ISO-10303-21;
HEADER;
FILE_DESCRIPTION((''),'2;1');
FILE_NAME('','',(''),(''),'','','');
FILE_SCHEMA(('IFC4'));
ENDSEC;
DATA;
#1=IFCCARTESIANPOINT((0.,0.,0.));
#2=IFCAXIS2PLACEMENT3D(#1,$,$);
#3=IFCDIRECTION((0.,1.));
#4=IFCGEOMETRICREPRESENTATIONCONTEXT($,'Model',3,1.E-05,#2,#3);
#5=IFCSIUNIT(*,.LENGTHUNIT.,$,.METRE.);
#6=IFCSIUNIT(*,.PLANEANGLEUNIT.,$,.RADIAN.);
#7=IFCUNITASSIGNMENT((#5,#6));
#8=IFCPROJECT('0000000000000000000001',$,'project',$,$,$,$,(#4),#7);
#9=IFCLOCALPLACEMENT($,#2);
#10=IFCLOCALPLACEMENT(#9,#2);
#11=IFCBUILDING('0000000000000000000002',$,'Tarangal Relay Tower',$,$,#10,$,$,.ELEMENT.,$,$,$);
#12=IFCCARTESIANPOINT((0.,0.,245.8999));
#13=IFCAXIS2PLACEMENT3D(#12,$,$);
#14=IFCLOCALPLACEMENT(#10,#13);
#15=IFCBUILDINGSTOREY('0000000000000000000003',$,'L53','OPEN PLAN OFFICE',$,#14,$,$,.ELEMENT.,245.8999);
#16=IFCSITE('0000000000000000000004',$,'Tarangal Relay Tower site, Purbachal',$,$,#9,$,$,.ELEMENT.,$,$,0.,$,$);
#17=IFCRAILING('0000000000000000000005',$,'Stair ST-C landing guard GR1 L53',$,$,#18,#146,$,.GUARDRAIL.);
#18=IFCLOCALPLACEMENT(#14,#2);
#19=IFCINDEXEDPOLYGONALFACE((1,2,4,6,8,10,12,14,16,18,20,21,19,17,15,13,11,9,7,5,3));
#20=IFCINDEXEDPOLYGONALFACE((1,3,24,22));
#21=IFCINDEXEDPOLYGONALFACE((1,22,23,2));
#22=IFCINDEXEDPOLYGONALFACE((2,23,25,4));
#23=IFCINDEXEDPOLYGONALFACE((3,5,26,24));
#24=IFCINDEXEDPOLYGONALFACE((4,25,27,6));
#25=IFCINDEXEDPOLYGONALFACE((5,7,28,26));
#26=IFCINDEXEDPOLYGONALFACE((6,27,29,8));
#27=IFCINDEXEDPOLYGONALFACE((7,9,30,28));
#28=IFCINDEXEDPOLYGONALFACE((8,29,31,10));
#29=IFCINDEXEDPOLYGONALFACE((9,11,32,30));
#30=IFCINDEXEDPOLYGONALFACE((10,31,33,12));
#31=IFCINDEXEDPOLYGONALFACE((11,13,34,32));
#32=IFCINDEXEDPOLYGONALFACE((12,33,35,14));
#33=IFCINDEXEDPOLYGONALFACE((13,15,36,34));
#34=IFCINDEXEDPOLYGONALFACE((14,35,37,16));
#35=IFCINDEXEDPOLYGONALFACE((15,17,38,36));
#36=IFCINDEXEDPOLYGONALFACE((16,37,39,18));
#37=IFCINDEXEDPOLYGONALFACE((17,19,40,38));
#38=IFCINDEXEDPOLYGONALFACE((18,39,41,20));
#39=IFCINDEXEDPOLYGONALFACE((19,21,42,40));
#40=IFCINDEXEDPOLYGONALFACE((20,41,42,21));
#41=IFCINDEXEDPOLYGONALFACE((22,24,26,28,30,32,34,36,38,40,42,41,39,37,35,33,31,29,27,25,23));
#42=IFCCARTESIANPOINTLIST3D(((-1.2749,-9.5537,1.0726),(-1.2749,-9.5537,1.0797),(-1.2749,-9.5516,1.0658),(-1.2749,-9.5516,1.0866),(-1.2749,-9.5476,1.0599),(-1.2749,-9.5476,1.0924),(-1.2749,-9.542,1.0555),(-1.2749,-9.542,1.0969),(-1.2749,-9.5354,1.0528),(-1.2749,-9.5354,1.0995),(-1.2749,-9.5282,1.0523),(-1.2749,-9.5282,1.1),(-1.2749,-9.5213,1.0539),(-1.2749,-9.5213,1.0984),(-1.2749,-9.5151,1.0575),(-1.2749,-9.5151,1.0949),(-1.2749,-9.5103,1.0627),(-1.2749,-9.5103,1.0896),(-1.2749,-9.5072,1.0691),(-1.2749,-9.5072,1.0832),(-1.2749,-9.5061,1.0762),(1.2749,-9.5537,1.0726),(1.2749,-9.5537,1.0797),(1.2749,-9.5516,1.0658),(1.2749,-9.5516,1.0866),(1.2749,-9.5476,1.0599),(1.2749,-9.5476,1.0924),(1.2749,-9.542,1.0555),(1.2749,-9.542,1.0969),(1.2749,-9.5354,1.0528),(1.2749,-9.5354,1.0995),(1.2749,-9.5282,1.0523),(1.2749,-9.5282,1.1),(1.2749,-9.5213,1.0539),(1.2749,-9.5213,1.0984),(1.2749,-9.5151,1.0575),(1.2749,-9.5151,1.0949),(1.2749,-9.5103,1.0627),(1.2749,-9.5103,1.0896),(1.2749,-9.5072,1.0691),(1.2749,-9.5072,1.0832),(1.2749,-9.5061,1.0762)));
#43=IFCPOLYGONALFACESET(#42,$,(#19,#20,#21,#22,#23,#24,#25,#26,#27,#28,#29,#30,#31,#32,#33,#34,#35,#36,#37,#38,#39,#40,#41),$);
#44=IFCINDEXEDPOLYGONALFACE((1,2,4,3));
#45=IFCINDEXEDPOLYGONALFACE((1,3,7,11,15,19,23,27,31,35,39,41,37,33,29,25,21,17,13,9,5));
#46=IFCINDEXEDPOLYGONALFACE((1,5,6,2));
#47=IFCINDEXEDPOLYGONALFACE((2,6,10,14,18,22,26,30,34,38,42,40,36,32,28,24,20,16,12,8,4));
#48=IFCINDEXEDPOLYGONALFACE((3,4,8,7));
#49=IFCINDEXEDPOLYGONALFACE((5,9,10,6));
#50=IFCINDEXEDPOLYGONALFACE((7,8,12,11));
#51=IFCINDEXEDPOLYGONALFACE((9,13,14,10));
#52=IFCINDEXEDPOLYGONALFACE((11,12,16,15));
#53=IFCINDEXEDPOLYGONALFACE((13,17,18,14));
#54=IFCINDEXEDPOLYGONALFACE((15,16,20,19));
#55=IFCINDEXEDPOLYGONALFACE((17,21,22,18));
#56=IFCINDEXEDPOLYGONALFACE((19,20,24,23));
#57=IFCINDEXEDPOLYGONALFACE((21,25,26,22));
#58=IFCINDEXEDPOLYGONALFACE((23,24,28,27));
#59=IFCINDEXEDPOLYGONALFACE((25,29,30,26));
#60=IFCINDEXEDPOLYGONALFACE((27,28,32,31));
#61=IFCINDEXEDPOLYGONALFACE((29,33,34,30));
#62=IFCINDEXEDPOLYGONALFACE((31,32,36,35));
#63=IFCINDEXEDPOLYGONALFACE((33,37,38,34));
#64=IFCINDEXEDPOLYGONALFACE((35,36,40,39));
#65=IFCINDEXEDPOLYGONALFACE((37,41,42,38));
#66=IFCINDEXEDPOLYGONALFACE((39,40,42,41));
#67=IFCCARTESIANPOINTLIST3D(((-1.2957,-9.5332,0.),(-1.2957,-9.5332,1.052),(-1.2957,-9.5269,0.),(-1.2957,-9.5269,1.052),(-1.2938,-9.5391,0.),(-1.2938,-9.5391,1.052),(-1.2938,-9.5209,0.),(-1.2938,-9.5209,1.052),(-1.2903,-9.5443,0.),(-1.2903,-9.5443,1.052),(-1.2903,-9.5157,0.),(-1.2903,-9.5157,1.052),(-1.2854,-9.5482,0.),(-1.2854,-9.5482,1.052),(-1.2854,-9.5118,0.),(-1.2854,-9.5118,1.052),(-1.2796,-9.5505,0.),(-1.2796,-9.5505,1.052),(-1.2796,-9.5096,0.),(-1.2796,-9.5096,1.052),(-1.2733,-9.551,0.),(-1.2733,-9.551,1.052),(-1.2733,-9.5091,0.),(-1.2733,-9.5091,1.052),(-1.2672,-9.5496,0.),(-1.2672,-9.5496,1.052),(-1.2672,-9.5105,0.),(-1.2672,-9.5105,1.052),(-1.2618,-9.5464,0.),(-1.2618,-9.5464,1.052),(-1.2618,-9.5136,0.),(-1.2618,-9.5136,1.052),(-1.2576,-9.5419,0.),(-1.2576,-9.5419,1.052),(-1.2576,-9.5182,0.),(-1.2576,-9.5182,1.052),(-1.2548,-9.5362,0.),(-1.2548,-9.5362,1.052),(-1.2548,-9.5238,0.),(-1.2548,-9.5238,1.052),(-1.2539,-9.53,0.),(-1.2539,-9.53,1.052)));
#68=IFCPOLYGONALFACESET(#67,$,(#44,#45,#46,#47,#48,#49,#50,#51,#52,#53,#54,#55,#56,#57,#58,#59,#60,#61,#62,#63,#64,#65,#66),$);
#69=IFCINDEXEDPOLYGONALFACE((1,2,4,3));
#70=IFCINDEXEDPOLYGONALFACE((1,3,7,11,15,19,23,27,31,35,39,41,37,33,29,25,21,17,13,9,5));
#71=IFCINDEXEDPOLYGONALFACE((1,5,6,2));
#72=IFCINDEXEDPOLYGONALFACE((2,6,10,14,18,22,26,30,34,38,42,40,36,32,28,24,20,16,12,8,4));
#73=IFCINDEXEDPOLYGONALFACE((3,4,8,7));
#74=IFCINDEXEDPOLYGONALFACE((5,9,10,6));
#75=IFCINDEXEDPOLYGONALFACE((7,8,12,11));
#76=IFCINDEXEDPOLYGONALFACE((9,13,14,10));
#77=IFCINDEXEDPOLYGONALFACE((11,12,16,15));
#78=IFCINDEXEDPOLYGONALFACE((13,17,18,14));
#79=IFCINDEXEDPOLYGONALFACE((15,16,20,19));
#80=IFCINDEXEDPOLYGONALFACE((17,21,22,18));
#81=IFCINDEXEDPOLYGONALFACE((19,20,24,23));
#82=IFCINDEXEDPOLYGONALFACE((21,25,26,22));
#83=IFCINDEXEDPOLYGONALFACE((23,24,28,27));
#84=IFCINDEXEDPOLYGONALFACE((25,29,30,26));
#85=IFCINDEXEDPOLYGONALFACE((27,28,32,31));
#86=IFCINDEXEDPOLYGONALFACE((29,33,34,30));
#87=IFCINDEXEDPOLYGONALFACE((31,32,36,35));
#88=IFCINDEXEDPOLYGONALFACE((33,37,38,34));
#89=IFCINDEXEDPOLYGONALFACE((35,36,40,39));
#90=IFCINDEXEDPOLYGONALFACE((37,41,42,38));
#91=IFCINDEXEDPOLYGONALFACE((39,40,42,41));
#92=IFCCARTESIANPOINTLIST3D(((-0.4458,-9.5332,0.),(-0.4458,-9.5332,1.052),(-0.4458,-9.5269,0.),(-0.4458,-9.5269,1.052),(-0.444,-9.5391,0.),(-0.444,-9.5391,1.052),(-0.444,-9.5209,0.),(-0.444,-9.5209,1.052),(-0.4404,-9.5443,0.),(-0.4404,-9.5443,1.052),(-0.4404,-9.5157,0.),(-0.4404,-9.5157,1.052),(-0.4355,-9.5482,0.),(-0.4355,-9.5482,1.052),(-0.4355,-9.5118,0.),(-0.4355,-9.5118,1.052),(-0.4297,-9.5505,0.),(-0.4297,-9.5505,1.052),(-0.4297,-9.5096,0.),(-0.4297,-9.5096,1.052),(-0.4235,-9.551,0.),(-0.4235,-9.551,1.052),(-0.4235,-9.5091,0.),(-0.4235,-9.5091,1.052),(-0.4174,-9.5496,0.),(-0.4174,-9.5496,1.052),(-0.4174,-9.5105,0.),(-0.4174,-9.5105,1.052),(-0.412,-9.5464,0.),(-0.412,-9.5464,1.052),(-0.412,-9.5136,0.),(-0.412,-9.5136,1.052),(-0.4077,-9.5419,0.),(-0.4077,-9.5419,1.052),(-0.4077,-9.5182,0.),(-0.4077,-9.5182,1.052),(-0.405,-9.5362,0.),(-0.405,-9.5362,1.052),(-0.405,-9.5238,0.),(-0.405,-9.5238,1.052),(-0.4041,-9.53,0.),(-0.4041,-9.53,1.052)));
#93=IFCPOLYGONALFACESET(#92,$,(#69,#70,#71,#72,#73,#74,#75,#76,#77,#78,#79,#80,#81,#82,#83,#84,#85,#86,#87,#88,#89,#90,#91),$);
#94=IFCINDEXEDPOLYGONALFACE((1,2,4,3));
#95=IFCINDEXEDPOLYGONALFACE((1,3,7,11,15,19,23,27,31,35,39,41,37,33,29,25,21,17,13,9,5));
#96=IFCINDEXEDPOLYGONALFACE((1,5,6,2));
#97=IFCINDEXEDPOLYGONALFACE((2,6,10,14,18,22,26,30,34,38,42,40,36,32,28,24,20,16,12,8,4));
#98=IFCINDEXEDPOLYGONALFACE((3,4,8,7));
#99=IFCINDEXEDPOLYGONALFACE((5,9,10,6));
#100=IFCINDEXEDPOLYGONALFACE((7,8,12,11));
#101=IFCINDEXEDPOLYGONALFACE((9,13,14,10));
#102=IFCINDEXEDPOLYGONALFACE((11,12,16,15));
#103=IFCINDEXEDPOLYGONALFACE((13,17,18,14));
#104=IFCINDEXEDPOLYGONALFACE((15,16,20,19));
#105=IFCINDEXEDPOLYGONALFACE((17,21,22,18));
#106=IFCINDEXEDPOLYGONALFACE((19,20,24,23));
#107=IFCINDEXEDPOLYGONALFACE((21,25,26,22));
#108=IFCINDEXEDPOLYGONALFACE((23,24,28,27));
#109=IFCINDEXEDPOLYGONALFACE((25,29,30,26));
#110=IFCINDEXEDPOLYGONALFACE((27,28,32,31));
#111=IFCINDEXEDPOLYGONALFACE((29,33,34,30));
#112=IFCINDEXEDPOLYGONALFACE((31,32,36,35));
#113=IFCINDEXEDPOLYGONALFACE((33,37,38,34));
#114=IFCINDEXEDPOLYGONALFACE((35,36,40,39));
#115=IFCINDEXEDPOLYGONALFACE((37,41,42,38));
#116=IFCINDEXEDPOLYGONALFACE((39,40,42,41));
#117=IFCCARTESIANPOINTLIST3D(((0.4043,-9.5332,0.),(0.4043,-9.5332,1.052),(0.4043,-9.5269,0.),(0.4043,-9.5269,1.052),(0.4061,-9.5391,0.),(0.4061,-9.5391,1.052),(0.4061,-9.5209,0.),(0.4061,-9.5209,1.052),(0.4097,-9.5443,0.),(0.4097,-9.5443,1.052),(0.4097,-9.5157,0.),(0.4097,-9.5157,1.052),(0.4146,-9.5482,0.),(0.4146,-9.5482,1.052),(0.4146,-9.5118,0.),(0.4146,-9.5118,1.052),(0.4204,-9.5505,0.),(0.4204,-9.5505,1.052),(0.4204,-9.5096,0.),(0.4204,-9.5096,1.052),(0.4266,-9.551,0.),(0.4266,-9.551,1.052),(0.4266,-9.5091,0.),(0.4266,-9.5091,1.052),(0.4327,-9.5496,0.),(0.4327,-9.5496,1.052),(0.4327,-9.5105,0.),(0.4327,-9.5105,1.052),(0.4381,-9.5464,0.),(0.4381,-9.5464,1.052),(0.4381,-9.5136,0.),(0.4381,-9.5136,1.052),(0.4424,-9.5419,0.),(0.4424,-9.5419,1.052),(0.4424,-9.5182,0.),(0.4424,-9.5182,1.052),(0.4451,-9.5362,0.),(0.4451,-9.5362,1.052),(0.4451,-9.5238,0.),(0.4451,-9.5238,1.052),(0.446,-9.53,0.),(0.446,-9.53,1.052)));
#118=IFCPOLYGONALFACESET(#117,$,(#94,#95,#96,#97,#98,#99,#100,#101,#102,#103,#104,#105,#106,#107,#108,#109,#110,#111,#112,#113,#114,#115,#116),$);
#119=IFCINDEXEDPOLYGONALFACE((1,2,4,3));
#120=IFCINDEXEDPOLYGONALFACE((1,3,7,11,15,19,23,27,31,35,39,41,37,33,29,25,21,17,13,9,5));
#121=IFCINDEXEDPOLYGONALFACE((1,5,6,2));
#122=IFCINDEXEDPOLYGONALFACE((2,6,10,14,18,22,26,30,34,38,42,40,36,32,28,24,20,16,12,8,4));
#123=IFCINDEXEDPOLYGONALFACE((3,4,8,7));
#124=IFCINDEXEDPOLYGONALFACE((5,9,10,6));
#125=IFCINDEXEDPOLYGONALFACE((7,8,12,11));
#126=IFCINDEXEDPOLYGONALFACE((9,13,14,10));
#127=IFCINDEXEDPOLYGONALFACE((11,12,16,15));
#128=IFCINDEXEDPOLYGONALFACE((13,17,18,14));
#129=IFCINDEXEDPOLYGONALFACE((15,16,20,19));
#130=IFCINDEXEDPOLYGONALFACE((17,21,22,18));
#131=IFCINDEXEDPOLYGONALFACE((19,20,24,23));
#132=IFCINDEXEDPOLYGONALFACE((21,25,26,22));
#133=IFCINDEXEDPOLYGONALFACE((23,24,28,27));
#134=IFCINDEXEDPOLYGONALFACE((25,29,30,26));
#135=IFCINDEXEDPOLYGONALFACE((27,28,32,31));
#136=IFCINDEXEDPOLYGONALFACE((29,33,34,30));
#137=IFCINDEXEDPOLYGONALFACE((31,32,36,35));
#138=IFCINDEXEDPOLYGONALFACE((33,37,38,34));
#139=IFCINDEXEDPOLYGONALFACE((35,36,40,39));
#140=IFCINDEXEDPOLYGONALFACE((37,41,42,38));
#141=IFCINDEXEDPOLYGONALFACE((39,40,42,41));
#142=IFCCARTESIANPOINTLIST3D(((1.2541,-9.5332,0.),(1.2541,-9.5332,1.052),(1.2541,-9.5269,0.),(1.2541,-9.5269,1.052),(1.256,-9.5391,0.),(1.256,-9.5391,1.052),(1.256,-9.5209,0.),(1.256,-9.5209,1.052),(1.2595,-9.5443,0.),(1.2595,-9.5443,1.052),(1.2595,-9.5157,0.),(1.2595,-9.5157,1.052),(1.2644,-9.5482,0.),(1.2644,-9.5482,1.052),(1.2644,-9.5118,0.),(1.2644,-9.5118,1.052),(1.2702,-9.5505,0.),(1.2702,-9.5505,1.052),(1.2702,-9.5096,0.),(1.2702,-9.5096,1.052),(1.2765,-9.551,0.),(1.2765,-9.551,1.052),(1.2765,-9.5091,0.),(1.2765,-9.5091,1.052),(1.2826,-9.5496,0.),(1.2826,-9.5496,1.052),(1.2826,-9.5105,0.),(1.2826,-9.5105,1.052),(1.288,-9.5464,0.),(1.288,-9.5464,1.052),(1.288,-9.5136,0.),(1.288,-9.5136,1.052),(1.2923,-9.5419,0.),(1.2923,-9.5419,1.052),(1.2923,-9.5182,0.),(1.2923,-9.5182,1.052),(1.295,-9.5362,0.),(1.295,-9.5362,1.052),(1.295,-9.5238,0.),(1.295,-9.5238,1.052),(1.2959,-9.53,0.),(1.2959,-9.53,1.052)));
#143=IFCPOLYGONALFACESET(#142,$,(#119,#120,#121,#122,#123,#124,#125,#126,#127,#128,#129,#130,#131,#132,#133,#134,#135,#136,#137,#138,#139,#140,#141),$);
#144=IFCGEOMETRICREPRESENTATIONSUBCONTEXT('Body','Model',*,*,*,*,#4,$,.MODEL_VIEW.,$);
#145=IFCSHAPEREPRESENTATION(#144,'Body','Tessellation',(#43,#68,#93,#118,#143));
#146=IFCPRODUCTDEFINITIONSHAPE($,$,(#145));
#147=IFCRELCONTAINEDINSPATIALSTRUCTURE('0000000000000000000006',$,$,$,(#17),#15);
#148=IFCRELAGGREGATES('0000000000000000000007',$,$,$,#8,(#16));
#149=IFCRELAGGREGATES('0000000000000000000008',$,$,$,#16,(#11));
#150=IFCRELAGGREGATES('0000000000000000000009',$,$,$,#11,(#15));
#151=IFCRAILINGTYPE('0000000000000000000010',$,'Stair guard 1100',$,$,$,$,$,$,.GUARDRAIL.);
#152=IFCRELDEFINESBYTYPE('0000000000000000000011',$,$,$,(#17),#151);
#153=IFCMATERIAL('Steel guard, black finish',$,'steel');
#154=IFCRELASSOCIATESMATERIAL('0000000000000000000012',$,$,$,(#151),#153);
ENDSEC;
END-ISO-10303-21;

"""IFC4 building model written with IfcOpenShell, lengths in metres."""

from ifc_helpers import new_model, si_unit, direction, frame, origin, origin_2d, place, context, subcontext, project, spatial, circle, extrude, material, type_object, element, save


model = new_model("IFC4")

# Units and contexts
model_context = context("Model", 3, precision=1e-05, world=origin(), true_north=direction((0.0, 1.0)))
body_context = subcontext(model_context, "Body", "Model", "MODEL_VIEW")
ifc_project = project(units=[si_unit("LENGTHUNIT", "METRE"), si_unit("PLANEANGLEUNIT", "RADIAN")], contexts=[model_context])

# Site, building, storey
site_placement = place(None, origin())
site = spatial("IfcSite", under=ifc_project, at=site_placement, Name="Tarangal Relay Tower site, Purbachal", CompositionType="ELEMENT", RefElevation=0.0)
building_placement = place(site_placement, origin())
building = spatial("IfcBuilding", under=site, at=building_placement, Name="Tarangal Relay Tower", CompositionType="ELEMENT")
storey_placement = place(building_placement, frame((0.0, 0.0, 245.8999)))
storey = spatial("IfcBuildingStorey", under=building, at=storey_placement, Name="L53", Description="OPEN PLAN OFFICE", CompositionType="ELEMENT", Elevation=245.8999)

# Railing
ifc_material_1 = material(Name="Steel guard, black finish", Category="steel")
railing_type_1 = type_object("IfcRailingType", Name="Stair guard 1100", PredefinedType="GUARDRAIL", material=ifc_material_1)
for number, where, name in (
    (1, (-1.2749, -9.53, 0.0), "Stair ST-C landing guard GR1 L53"),
):
    element("IfcRailing", number, at=place(storey_placement, frame(where)), inside=storey, type_object=railing_type_1, Name=name, PredefinedType="GUARDRAIL", context=body_context, shape_type="SweptSolid", body=[
        extrude(circle(Radius=0.0239, at=origin_2d()), frame((0.0, 0.0, 1.0762), z_axis=(1.0, 0.0, 0.0), x_axis=(0.0, 1.0, 0.0)), (0.0, 0.0, 1.0), 2.5498),
        extrude(circle(Radius=0.021, at=origin_2d()), origin(), (0.0, 0.0, 1.0), 1.052),
        extrude(circle(Radius=0.021, at=origin_2d()), frame((0.8499, 0.0, 0.0)), (0.0, 0.0, 1.0), 1.052),
        extrude(circle(Radius=0.021, at=origin_2d()), frame((1.7, 0.0, 0.0)), (0.0, 0.0, 1.0), 1.052),
        extrude(circle(Radius=0.021, at=origin_2d()), frame((2.5498, 0.0, 0.0)), (0.0, 0.0, 1.0), 1.052),
    ])

save(model, "model.ifc")
